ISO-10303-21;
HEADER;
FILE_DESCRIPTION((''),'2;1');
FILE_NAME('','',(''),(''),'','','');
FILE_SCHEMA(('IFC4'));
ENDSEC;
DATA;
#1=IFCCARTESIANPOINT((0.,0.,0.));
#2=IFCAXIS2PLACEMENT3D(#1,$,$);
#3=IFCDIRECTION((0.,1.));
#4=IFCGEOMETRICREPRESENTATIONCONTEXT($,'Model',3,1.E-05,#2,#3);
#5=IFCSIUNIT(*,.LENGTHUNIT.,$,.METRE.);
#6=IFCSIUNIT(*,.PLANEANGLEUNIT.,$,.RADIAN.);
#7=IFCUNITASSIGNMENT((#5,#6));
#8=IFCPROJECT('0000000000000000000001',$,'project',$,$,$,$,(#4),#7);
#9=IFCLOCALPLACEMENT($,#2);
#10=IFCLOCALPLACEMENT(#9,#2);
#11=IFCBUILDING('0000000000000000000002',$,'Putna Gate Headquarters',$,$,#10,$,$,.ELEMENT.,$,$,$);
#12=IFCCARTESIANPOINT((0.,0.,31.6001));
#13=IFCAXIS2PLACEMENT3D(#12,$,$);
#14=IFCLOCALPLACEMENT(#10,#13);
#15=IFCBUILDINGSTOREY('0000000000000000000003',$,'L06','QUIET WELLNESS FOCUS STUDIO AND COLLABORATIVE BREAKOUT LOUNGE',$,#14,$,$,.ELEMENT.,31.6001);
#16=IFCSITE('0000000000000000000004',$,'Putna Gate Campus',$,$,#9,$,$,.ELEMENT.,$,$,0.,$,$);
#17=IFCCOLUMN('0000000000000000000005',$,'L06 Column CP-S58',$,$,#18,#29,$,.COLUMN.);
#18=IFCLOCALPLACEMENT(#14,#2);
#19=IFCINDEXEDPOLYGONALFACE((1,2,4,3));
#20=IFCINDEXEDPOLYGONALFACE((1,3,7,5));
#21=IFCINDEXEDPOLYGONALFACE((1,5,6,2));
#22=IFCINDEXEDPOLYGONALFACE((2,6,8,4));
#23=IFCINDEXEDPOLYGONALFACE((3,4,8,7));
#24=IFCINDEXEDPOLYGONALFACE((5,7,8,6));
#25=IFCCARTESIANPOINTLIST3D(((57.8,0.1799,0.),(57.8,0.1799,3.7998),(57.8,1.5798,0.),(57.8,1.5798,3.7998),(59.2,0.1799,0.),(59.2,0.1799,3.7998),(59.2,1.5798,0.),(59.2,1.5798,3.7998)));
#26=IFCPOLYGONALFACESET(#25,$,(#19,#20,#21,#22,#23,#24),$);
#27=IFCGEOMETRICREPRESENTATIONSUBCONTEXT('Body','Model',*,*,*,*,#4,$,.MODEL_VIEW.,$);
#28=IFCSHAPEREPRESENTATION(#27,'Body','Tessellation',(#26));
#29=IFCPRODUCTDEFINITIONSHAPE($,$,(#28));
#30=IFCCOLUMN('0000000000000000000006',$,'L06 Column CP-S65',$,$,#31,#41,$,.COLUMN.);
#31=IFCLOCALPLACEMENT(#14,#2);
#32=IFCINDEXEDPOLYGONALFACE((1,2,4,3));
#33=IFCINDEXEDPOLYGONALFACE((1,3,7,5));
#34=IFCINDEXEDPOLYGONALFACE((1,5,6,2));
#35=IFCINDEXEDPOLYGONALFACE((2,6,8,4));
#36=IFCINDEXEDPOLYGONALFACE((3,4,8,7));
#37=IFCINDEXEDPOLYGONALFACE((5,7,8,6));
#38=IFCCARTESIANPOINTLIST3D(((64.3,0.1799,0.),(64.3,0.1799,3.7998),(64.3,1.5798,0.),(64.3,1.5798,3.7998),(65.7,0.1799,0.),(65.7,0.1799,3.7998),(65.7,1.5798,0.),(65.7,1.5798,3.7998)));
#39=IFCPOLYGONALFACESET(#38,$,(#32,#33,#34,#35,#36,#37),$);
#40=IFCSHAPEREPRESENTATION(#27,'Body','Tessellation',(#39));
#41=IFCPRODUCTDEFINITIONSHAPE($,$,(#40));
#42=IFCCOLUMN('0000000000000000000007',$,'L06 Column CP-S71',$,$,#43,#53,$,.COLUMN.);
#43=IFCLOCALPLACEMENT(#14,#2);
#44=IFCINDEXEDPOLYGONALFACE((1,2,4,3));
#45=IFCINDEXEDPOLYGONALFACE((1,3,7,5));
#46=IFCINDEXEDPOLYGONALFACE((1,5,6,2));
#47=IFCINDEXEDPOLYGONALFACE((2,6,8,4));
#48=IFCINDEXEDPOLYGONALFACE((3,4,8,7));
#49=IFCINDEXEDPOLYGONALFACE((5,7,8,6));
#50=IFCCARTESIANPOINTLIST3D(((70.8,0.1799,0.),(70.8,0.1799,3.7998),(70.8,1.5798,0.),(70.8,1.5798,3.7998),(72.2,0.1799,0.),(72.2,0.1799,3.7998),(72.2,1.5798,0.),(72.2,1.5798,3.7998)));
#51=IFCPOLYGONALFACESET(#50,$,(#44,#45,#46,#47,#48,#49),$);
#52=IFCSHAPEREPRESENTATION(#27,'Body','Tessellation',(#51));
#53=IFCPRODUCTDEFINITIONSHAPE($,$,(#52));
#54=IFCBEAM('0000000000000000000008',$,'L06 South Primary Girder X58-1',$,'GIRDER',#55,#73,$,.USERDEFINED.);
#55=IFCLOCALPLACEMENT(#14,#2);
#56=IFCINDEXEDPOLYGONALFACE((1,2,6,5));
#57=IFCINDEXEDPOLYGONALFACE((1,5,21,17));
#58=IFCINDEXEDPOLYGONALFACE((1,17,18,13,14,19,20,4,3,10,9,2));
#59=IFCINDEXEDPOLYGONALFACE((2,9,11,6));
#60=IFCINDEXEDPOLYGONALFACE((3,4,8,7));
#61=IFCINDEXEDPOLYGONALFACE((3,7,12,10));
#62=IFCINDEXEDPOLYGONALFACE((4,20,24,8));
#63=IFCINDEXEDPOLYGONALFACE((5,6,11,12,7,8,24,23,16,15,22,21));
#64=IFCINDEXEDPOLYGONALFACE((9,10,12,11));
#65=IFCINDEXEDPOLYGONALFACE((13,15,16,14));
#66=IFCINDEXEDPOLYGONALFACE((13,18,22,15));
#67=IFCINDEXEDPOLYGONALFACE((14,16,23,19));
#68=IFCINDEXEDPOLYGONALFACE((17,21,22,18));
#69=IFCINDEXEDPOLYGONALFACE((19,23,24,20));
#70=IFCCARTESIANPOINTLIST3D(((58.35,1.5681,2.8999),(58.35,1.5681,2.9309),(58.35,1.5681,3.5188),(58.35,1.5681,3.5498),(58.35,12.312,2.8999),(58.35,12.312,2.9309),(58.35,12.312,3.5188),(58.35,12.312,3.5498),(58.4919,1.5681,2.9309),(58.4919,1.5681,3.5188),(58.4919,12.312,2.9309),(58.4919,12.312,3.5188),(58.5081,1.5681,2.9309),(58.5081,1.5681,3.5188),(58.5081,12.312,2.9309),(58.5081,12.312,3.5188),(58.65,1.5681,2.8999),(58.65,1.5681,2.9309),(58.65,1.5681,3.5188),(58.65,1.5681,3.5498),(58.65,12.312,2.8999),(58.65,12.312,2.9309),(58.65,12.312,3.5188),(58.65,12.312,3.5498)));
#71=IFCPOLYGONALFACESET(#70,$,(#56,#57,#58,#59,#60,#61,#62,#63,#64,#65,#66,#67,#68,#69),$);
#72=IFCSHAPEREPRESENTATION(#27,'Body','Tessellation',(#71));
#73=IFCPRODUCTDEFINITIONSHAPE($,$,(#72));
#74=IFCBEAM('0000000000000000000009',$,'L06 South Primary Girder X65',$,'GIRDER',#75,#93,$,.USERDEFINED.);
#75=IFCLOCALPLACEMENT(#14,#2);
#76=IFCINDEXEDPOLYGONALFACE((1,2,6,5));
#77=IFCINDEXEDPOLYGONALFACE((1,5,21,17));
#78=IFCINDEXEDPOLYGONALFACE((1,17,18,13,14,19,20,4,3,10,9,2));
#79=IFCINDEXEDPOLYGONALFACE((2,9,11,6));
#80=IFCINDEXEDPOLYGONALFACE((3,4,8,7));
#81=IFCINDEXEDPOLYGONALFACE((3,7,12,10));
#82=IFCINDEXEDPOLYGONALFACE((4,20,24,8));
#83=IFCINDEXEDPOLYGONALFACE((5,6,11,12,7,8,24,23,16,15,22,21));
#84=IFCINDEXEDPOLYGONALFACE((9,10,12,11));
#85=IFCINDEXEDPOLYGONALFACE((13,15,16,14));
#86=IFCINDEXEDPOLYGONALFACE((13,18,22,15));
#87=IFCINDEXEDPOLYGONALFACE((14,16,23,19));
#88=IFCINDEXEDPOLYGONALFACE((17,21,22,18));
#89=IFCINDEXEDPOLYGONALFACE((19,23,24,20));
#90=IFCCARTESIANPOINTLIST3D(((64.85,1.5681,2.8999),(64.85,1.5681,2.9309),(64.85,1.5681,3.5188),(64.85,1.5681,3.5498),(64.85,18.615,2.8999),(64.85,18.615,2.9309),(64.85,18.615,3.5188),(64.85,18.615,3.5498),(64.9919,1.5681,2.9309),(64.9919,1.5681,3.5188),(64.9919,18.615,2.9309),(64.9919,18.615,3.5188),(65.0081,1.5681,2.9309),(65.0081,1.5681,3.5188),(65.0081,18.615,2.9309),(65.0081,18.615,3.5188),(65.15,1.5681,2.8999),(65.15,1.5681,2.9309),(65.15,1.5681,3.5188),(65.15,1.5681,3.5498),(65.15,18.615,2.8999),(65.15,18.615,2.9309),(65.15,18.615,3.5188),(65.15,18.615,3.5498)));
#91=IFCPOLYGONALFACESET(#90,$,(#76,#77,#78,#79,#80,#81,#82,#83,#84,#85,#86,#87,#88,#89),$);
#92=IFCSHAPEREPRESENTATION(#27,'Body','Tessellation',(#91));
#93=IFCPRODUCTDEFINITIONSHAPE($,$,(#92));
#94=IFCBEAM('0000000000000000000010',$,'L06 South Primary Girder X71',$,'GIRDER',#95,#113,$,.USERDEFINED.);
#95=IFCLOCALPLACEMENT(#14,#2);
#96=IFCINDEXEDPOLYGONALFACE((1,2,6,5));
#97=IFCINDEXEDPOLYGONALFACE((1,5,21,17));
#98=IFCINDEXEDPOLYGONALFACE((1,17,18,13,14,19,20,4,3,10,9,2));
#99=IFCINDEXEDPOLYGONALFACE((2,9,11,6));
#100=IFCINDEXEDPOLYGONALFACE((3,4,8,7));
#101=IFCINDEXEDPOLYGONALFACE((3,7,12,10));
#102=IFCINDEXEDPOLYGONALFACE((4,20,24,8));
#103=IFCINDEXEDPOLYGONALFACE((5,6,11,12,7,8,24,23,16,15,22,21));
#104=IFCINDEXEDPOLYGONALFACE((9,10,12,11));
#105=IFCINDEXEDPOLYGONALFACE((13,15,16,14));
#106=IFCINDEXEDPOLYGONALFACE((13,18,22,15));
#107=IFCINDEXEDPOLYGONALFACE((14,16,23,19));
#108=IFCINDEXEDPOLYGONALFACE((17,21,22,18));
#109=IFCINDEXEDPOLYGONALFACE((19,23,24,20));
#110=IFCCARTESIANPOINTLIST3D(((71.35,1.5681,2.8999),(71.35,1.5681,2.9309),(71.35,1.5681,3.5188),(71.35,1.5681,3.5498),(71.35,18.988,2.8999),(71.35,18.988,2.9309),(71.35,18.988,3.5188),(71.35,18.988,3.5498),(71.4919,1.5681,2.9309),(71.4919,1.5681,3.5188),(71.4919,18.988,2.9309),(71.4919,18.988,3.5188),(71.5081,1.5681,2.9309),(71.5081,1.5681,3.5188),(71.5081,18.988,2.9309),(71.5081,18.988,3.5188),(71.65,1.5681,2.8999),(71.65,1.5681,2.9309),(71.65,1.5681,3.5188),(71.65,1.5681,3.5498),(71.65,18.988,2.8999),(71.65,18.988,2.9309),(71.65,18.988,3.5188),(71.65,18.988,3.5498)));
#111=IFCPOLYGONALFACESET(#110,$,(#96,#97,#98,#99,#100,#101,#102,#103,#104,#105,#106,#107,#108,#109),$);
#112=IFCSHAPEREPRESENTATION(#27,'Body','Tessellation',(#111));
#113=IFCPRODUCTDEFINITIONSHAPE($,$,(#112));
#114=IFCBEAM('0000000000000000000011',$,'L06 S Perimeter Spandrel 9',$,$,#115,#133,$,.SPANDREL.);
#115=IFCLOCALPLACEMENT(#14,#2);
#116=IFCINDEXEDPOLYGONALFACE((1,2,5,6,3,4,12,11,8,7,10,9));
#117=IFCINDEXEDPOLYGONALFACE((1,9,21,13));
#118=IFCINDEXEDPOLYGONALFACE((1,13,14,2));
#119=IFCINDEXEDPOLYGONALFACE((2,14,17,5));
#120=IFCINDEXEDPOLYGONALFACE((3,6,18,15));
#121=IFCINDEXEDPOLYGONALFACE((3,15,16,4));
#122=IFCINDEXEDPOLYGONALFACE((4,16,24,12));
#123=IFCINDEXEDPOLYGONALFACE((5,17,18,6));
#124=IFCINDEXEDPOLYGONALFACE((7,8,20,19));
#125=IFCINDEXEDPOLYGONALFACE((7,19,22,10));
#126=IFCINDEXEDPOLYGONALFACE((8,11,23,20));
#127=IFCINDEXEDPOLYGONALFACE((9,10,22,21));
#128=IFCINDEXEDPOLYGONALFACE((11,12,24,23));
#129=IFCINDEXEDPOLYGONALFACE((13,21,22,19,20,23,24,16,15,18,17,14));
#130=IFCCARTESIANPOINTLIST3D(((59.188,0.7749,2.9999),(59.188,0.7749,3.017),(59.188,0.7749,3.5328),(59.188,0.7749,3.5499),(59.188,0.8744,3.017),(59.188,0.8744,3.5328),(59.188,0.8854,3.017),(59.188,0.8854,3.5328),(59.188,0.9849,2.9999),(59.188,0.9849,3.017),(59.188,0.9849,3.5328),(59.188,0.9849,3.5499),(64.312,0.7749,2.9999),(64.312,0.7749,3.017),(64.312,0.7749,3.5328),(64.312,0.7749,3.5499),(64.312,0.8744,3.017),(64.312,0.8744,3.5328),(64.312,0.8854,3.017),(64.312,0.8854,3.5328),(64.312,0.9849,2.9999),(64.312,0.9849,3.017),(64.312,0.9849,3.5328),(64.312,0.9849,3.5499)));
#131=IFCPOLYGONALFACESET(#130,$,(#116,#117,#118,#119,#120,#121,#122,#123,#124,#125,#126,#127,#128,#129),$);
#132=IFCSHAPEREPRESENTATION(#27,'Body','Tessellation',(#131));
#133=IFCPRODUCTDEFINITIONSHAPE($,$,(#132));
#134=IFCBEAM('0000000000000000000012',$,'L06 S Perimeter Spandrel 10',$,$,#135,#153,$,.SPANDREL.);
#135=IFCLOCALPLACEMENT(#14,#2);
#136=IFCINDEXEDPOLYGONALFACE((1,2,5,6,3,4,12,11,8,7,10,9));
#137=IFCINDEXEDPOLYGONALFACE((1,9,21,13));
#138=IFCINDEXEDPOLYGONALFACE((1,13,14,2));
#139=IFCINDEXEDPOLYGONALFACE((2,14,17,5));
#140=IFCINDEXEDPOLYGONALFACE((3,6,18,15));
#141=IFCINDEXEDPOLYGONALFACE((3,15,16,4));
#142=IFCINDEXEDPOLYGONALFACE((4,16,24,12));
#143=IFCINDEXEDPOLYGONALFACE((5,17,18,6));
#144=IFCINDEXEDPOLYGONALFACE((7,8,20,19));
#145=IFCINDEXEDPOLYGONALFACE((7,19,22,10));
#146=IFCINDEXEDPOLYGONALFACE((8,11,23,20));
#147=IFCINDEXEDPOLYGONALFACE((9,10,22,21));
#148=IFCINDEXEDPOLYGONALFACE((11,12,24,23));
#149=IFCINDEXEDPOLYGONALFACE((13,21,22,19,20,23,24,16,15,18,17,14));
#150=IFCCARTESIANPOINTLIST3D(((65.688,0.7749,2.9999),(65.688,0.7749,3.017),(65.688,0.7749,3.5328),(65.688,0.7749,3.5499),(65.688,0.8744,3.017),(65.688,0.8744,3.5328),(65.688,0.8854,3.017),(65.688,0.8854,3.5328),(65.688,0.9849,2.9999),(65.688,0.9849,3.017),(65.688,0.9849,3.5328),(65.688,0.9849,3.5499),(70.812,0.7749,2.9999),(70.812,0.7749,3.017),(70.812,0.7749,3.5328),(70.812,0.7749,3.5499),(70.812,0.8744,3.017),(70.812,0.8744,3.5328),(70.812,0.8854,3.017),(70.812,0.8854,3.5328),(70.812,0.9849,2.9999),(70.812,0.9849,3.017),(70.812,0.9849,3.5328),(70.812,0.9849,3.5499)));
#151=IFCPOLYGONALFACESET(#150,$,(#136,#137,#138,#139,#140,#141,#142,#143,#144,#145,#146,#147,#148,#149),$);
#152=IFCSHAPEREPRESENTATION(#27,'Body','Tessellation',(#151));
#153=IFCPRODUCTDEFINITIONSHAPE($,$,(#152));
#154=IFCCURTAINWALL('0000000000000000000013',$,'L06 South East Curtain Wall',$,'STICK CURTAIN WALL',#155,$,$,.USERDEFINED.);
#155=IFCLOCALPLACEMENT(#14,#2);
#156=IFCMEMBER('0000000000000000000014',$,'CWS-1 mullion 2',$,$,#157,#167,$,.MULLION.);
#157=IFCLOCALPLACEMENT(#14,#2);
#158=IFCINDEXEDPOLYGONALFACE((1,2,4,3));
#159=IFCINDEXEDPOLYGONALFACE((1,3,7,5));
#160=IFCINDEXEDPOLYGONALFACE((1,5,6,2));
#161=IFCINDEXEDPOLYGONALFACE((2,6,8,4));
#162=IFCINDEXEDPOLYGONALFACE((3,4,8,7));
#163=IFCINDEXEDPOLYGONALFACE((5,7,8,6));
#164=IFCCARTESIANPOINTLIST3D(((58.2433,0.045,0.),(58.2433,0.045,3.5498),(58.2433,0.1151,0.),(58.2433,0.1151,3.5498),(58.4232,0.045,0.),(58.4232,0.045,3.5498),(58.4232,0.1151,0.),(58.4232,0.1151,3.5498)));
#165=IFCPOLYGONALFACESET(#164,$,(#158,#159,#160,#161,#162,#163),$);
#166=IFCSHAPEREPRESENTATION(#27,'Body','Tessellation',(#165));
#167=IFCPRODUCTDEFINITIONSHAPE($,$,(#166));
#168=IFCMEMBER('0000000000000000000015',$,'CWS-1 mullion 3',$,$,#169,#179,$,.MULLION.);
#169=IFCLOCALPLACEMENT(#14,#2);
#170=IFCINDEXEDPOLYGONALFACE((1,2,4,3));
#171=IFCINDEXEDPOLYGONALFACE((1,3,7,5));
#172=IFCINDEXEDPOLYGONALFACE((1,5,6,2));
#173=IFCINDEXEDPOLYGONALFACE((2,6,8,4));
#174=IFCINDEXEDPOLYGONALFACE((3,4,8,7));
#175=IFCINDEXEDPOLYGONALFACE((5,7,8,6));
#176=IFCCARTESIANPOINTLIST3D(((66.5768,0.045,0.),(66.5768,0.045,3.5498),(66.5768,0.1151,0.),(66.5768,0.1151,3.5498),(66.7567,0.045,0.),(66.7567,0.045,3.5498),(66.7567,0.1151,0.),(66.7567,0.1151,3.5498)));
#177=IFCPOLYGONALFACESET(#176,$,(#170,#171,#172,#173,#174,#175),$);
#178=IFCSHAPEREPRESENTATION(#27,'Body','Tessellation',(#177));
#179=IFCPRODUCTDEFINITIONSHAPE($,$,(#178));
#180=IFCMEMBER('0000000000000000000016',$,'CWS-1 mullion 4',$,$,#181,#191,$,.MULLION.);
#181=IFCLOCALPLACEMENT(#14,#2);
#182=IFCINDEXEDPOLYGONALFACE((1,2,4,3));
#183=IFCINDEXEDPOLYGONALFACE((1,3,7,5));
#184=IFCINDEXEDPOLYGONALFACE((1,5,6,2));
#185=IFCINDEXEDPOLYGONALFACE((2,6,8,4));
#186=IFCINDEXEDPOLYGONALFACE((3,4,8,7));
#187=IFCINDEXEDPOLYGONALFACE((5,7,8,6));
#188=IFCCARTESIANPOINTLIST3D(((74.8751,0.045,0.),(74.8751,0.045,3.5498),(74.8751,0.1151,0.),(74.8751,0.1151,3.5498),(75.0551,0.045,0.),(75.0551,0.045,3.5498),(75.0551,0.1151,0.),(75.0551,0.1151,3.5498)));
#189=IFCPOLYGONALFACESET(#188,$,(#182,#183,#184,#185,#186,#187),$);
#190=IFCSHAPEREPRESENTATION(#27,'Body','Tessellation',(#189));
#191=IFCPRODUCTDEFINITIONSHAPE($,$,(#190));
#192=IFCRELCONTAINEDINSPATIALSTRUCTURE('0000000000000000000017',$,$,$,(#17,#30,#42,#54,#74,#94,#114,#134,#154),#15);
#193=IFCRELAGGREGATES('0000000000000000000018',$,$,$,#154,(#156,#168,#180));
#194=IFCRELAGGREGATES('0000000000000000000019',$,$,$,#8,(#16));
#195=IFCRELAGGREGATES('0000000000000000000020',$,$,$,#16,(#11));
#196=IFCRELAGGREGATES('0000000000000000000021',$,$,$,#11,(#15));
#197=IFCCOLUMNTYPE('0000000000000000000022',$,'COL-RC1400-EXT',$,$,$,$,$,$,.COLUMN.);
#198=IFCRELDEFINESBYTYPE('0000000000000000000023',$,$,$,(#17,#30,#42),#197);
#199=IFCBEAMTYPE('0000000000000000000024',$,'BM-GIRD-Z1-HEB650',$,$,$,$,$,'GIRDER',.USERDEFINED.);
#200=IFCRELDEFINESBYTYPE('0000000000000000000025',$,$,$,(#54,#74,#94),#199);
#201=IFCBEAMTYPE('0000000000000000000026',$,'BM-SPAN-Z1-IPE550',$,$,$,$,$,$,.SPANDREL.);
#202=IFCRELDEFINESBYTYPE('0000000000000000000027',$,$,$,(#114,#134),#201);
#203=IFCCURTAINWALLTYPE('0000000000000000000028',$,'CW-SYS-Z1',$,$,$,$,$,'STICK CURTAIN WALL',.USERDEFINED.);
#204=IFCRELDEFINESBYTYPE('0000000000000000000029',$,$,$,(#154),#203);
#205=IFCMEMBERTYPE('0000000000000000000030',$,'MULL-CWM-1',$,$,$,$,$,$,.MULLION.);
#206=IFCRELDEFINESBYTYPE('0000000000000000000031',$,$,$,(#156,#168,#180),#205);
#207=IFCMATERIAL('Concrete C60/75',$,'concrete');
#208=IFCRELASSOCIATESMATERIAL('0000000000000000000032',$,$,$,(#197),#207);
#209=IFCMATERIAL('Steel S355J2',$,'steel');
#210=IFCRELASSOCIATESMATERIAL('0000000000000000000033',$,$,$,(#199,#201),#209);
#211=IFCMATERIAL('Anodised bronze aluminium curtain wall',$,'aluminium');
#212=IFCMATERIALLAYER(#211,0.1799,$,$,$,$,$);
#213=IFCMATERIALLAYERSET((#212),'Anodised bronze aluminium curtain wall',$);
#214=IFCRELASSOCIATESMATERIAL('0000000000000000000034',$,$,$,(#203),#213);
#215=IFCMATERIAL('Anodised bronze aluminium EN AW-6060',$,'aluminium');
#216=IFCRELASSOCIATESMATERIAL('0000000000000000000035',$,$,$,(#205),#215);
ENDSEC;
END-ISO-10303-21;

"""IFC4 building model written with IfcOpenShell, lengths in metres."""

from ifc_helpers import new_model, si_unit, direction, frame, origin, origin_2d, place, context, subcontext, project, spatial, rectangle, i_section, extrude, material, layer, layer_set, material_profile, profile_set, type_object, element, aggregate, save


model = new_model("IFC4")

# Units and contexts
model_context = context("Model", 3, precision=1e-05, world=origin(), true_north=direction((0.0, 1.0)))
body_context = subcontext(model_context, "Body", "Model", "MODEL_VIEW")
ifc_project = project(units=[si_unit("LENGTHUNIT", "METRE"), si_unit("PLANEANGLEUNIT", "RADIAN")], contexts=[model_context])

# Site, building, storey
site_placement = place(None, origin())
site = spatial("IfcSite", under=ifc_project, at=site_placement, Name="Putna Gate Campus", CompositionType="ELEMENT", RefElevation=0.0)
building_placement = place(site_placement, origin())
building = spatial("IfcBuilding", under=site, at=building_placement, Name="Putna Gate Headquarters", CompositionType="ELEMENT")
storey_placement = place(building_placement, frame((0.0, 0.0, 31.6001)))
storey = spatial("IfcBuildingStorey", under=building, at=storey_placement, Name="L06", Description="QUIET WELLNESS FOCUS STUDIO AND COLLABORATIVE BREAKOUT LOUNGE", CompositionType="ELEMENT", Elevation=31.6001)

# Columns
ifc_material_1 = material(Name="Concrete C60/75", Category="concrete")
ifc_material_profile_1 = material_profile(ifc_material_1, rectangle(XDim=1.3999, YDim=1.3999, at=origin_2d()), Name="Concrete C60/75")
ifc_profile_set_1 = profile_set([ifc_material_profile_1], Name="Concrete C60/75")
column_type = type_object("IfcColumnType", Name="COL-RC1400-EXT", PredefinedType="COLUMN", material=ifc_profile_set_1)
for number, where, z_axis, x_axis, name in (
    (1, (58.5, 0.8799, 0.0), (0.0, 0.0, 1.0), (1.0, 0.0, 0.0), "L06 Column CP-S58"),
    (2, (65.0, 0.8799, 0.0), (0.0, 0.0, 1.0), (1.0, 0.0, 0.0), "L06 Column CP-S65"),
    (3, (71.5, 0.8799, 0.0), (0.0, 0.0, 1.0), (1.0, 0.0, 0.0), "L06 Column CP-S71"),
):
    element("IfcColumn", number, at=place(storey_placement, frame(where, z_axis=z_axis, x_axis=x_axis)), inside=storey, type_object=column_type, Name=name, PredefinedType="COLUMN", context=body_context, shape_type="SweptSolid", body=[
        extrude(rectangle(XDim=1.3999, YDim=1.3999, at=origin_2d()), origin(), (0.0, 0.0, 1.0), 3.7998),
    ])

# Beams
ifc_material_2 = material(Name="Steel S355J2", Category="steel")
ifc_material_profile_2 = material_profile(ifc_material_2, i_section(OverallWidth=0.3, OverallDepth=0.6499, WebThickness=0.0161, FlangeThickness=0.031, at=origin_2d()), Name="Steel S355J2")
ifc_profile_set_2 = profile_set([ifc_material_profile_2], Name="Steel S355J2")
beam_type_1 = type_object("IfcBeamType", Name="BM-GIRD-Z1-HEB650", ElementType="GIRDER", PredefinedType="USERDEFINED", material=ifc_profile_set_2)
beam_1_placement = place(storey_placement, frame((58.5, 1.5681, 3.2249), z_axis=(0.0, 1.0, 0.0), x_axis=(-1.0, 0.0, 0.0)))
element("IfcBeam", 4, at=beam_1_placement, inside=storey, type_object=beam_type_1, Name="L06 South Primary Girder X58-1", ObjectType="GIRDER", PredefinedType="USERDEFINED", context=body_context, shape_type="SweptSolid", body=[
    extrude(i_section(OverallWidth=0.3, OverallDepth=0.6499, WebThickness=0.0161, FlangeThickness=0.031, at=origin_2d()), origin(), (0.0, 0.0, 1.0), 10.7439),
])
beam_2_placement = place(storey_placement, frame((65.0, 1.5681, 3.2249), z_axis=(0.0, 1.0, 0.0), x_axis=(-1.0, 0.0, 0.0)))
element("IfcBeam", 5, at=beam_2_placement, inside=storey, type_object=beam_type_1, Name="L06 South Primary Girder X65", ObjectType="GIRDER", PredefinedType="USERDEFINED", context=body_context, shape_type="SweptSolid", body=[
    extrude(i_section(OverallWidth=0.3, OverallDepth=0.6499, WebThickness=0.0161, FlangeThickness=0.031, at=origin_2d()), origin(), (0.0, 0.0, 1.0), 17.0469),
])
beam_3_placement = place(storey_placement, frame((71.5, 1.5681, 3.2249), z_axis=(0.0, 1.0, 0.0), x_axis=(-1.0, 0.0, 0.0)))
element("IfcBeam", 6, at=beam_3_placement, inside=storey, type_object=beam_type_1, Name="L06 South Primary Girder X71", ObjectType="GIRDER", PredefinedType="USERDEFINED", context=body_context, shape_type="SweptSolid", body=[
    extrude(i_section(OverallWidth=0.3, OverallDepth=0.6499, WebThickness=0.0161, FlangeThickness=0.031, at=origin_2d()), origin(), (0.0, 0.0, 1.0), 17.4199),
])
ifc_material_profile_3 = material_profile(ifc_material_2, i_section(OverallWidth=0.21, OverallDepth=0.55, WebThickness=0.011, FlangeThickness=0.0171, at=origin_2d()), Name="Steel S355J2")
ifc_profile_set_3 = profile_set([ifc_material_profile_3], Name="Steel S355J2")
beam_type_2 = type_object("IfcBeamType", Name="BM-SPAN-Z1-IPE550", PredefinedType="SPANDREL", material=ifc_profile_set_3)
for number, where, z_axis, x_axis, name in (
    (7, (59.188, 0.8799, 3.2749), (1.0, 0.0, 0.0), (0.0, 1.0, 0.0), "L06 S Perimeter Spandrel 9"),
    (8, (65.688, 0.8799, 3.2749), (1.0, 0.0, 0.0), (0.0, 1.0, 0.0), "L06 S Perimeter Spandrel 10"),
):
    element("IfcBeam", number, at=place(storey_placement, frame(where, z_axis=z_axis, x_axis=x_axis)), inside=storey, type_object=beam_type_2, Name=name, PredefinedType="SPANDREL", context=body_context, shape_type="SweptSolid", body=[
        extrude(i_section(OverallWidth=0.21, OverallDepth=0.55, WebThickness=0.011, FlangeThickness=0.0171, at=origin_2d()), origin(), (0.0, 0.0, 1.0), 5.124),
    ])

# Curtain wall, members
ifc_material_3 = material(Name="Anodised bronze aluminium curtain wall", Category="aluminium")
ifc_layer_1 = layer(ifc_material_3, 0.1799)
ifc_layer_set_1 = layer_set([ifc_layer_1], Name="Anodised bronze aluminium curtain wall")
curtain_wall_type = type_object("IfcCurtainWallType", Name="CW-SYS-Z1", ElementType="STICK CURTAIN WALL", PredefinedType="USERDEFINED", material=ifc_layer_set_1)
curtain_wall_1_placement = place(storey_placement, origin())
curtain_wall_1 = element("IfcCurtainWall", 9, at=curtain_wall_1_placement, inside=storey, type_object=curtain_wall_type, Name="L06 South East Curtain Wall", ObjectType="STICK CURTAIN WALL", PredefinedType="USERDEFINED")
ifc_material_4 = material(Name="Anodised bronze aluminium EN AW-6060", Category="aluminium")
ifc_material_profile_4 = material_profile(ifc_material_4, rectangle(XDim=0.0701, YDim=0.1799, at=origin_2d()), Name="Anodised bronze aluminium EN AW-6060")
ifc_profile_set_4 = profile_set([ifc_material_profile_4], Name="Anodised bronze aluminium EN AW-6060")
member_type_1 = type_object("IfcMemberType", Name="MULL-CWM-1", PredefinedType="MULLION", material=ifc_profile_set_4)
member_1_placement = place(storey_placement, frame((58.3333, 0.0801, 0.0), z_axis=(0.0, 0.0, 1.0), x_axis=(0.0, 1.0, 0.0)))
member_1 = element("IfcMember", 10, at=member_1_placement, type_object=member_type_1, Name="CWS-1 mullion 2", PredefinedType="MULLION", context=body_context, shape_type="SweptSolid", body=[
    extrude(rectangle(XDim=0.0701, YDim=0.1799, at=origin_2d()), origin(), (0.0, 0.0, 1.0), 3.5498),
])
member_2_placement = place(storey_placement, frame((66.6667, 0.0801, 0.0), z_axis=(0.0, 0.0, 1.0), x_axis=(0.0, 1.0, 0.0)))
member_2 = element("IfcMember", 11, at=member_2_placement, type_object=member_type_1, Name="CWS-1 mullion 3", PredefinedType="MULLION", context=body_context, shape_type="SweptSolid", body=[
    extrude(rectangle(XDim=0.0701, YDim=0.1799, at=origin_2d()), origin(), (0.0, 0.0, 1.0), 3.5498),
])
member_3_placement = place(storey_placement, frame((74.9651, 0.0801, 0.0), z_axis=(0.0, 0.0, 1.0), x_axis=(0.0, 1.0, 0.0)))
member_3 = element("IfcMember", 12, at=member_3_placement, type_object=member_type_1, Name="CWS-1 mullion 4", PredefinedType="MULLION", context=body_context, shape_type="SweptSolid", body=[
    extrude(rectangle(XDim=0.0701, YDim=0.1799, at=origin_2d()), origin(), (0.0, 0.0, 1.0), 3.5498),
])

aggregate(curtain_wall_1, [member_1, member_2, member_3])

save(model, "model.ifc")
